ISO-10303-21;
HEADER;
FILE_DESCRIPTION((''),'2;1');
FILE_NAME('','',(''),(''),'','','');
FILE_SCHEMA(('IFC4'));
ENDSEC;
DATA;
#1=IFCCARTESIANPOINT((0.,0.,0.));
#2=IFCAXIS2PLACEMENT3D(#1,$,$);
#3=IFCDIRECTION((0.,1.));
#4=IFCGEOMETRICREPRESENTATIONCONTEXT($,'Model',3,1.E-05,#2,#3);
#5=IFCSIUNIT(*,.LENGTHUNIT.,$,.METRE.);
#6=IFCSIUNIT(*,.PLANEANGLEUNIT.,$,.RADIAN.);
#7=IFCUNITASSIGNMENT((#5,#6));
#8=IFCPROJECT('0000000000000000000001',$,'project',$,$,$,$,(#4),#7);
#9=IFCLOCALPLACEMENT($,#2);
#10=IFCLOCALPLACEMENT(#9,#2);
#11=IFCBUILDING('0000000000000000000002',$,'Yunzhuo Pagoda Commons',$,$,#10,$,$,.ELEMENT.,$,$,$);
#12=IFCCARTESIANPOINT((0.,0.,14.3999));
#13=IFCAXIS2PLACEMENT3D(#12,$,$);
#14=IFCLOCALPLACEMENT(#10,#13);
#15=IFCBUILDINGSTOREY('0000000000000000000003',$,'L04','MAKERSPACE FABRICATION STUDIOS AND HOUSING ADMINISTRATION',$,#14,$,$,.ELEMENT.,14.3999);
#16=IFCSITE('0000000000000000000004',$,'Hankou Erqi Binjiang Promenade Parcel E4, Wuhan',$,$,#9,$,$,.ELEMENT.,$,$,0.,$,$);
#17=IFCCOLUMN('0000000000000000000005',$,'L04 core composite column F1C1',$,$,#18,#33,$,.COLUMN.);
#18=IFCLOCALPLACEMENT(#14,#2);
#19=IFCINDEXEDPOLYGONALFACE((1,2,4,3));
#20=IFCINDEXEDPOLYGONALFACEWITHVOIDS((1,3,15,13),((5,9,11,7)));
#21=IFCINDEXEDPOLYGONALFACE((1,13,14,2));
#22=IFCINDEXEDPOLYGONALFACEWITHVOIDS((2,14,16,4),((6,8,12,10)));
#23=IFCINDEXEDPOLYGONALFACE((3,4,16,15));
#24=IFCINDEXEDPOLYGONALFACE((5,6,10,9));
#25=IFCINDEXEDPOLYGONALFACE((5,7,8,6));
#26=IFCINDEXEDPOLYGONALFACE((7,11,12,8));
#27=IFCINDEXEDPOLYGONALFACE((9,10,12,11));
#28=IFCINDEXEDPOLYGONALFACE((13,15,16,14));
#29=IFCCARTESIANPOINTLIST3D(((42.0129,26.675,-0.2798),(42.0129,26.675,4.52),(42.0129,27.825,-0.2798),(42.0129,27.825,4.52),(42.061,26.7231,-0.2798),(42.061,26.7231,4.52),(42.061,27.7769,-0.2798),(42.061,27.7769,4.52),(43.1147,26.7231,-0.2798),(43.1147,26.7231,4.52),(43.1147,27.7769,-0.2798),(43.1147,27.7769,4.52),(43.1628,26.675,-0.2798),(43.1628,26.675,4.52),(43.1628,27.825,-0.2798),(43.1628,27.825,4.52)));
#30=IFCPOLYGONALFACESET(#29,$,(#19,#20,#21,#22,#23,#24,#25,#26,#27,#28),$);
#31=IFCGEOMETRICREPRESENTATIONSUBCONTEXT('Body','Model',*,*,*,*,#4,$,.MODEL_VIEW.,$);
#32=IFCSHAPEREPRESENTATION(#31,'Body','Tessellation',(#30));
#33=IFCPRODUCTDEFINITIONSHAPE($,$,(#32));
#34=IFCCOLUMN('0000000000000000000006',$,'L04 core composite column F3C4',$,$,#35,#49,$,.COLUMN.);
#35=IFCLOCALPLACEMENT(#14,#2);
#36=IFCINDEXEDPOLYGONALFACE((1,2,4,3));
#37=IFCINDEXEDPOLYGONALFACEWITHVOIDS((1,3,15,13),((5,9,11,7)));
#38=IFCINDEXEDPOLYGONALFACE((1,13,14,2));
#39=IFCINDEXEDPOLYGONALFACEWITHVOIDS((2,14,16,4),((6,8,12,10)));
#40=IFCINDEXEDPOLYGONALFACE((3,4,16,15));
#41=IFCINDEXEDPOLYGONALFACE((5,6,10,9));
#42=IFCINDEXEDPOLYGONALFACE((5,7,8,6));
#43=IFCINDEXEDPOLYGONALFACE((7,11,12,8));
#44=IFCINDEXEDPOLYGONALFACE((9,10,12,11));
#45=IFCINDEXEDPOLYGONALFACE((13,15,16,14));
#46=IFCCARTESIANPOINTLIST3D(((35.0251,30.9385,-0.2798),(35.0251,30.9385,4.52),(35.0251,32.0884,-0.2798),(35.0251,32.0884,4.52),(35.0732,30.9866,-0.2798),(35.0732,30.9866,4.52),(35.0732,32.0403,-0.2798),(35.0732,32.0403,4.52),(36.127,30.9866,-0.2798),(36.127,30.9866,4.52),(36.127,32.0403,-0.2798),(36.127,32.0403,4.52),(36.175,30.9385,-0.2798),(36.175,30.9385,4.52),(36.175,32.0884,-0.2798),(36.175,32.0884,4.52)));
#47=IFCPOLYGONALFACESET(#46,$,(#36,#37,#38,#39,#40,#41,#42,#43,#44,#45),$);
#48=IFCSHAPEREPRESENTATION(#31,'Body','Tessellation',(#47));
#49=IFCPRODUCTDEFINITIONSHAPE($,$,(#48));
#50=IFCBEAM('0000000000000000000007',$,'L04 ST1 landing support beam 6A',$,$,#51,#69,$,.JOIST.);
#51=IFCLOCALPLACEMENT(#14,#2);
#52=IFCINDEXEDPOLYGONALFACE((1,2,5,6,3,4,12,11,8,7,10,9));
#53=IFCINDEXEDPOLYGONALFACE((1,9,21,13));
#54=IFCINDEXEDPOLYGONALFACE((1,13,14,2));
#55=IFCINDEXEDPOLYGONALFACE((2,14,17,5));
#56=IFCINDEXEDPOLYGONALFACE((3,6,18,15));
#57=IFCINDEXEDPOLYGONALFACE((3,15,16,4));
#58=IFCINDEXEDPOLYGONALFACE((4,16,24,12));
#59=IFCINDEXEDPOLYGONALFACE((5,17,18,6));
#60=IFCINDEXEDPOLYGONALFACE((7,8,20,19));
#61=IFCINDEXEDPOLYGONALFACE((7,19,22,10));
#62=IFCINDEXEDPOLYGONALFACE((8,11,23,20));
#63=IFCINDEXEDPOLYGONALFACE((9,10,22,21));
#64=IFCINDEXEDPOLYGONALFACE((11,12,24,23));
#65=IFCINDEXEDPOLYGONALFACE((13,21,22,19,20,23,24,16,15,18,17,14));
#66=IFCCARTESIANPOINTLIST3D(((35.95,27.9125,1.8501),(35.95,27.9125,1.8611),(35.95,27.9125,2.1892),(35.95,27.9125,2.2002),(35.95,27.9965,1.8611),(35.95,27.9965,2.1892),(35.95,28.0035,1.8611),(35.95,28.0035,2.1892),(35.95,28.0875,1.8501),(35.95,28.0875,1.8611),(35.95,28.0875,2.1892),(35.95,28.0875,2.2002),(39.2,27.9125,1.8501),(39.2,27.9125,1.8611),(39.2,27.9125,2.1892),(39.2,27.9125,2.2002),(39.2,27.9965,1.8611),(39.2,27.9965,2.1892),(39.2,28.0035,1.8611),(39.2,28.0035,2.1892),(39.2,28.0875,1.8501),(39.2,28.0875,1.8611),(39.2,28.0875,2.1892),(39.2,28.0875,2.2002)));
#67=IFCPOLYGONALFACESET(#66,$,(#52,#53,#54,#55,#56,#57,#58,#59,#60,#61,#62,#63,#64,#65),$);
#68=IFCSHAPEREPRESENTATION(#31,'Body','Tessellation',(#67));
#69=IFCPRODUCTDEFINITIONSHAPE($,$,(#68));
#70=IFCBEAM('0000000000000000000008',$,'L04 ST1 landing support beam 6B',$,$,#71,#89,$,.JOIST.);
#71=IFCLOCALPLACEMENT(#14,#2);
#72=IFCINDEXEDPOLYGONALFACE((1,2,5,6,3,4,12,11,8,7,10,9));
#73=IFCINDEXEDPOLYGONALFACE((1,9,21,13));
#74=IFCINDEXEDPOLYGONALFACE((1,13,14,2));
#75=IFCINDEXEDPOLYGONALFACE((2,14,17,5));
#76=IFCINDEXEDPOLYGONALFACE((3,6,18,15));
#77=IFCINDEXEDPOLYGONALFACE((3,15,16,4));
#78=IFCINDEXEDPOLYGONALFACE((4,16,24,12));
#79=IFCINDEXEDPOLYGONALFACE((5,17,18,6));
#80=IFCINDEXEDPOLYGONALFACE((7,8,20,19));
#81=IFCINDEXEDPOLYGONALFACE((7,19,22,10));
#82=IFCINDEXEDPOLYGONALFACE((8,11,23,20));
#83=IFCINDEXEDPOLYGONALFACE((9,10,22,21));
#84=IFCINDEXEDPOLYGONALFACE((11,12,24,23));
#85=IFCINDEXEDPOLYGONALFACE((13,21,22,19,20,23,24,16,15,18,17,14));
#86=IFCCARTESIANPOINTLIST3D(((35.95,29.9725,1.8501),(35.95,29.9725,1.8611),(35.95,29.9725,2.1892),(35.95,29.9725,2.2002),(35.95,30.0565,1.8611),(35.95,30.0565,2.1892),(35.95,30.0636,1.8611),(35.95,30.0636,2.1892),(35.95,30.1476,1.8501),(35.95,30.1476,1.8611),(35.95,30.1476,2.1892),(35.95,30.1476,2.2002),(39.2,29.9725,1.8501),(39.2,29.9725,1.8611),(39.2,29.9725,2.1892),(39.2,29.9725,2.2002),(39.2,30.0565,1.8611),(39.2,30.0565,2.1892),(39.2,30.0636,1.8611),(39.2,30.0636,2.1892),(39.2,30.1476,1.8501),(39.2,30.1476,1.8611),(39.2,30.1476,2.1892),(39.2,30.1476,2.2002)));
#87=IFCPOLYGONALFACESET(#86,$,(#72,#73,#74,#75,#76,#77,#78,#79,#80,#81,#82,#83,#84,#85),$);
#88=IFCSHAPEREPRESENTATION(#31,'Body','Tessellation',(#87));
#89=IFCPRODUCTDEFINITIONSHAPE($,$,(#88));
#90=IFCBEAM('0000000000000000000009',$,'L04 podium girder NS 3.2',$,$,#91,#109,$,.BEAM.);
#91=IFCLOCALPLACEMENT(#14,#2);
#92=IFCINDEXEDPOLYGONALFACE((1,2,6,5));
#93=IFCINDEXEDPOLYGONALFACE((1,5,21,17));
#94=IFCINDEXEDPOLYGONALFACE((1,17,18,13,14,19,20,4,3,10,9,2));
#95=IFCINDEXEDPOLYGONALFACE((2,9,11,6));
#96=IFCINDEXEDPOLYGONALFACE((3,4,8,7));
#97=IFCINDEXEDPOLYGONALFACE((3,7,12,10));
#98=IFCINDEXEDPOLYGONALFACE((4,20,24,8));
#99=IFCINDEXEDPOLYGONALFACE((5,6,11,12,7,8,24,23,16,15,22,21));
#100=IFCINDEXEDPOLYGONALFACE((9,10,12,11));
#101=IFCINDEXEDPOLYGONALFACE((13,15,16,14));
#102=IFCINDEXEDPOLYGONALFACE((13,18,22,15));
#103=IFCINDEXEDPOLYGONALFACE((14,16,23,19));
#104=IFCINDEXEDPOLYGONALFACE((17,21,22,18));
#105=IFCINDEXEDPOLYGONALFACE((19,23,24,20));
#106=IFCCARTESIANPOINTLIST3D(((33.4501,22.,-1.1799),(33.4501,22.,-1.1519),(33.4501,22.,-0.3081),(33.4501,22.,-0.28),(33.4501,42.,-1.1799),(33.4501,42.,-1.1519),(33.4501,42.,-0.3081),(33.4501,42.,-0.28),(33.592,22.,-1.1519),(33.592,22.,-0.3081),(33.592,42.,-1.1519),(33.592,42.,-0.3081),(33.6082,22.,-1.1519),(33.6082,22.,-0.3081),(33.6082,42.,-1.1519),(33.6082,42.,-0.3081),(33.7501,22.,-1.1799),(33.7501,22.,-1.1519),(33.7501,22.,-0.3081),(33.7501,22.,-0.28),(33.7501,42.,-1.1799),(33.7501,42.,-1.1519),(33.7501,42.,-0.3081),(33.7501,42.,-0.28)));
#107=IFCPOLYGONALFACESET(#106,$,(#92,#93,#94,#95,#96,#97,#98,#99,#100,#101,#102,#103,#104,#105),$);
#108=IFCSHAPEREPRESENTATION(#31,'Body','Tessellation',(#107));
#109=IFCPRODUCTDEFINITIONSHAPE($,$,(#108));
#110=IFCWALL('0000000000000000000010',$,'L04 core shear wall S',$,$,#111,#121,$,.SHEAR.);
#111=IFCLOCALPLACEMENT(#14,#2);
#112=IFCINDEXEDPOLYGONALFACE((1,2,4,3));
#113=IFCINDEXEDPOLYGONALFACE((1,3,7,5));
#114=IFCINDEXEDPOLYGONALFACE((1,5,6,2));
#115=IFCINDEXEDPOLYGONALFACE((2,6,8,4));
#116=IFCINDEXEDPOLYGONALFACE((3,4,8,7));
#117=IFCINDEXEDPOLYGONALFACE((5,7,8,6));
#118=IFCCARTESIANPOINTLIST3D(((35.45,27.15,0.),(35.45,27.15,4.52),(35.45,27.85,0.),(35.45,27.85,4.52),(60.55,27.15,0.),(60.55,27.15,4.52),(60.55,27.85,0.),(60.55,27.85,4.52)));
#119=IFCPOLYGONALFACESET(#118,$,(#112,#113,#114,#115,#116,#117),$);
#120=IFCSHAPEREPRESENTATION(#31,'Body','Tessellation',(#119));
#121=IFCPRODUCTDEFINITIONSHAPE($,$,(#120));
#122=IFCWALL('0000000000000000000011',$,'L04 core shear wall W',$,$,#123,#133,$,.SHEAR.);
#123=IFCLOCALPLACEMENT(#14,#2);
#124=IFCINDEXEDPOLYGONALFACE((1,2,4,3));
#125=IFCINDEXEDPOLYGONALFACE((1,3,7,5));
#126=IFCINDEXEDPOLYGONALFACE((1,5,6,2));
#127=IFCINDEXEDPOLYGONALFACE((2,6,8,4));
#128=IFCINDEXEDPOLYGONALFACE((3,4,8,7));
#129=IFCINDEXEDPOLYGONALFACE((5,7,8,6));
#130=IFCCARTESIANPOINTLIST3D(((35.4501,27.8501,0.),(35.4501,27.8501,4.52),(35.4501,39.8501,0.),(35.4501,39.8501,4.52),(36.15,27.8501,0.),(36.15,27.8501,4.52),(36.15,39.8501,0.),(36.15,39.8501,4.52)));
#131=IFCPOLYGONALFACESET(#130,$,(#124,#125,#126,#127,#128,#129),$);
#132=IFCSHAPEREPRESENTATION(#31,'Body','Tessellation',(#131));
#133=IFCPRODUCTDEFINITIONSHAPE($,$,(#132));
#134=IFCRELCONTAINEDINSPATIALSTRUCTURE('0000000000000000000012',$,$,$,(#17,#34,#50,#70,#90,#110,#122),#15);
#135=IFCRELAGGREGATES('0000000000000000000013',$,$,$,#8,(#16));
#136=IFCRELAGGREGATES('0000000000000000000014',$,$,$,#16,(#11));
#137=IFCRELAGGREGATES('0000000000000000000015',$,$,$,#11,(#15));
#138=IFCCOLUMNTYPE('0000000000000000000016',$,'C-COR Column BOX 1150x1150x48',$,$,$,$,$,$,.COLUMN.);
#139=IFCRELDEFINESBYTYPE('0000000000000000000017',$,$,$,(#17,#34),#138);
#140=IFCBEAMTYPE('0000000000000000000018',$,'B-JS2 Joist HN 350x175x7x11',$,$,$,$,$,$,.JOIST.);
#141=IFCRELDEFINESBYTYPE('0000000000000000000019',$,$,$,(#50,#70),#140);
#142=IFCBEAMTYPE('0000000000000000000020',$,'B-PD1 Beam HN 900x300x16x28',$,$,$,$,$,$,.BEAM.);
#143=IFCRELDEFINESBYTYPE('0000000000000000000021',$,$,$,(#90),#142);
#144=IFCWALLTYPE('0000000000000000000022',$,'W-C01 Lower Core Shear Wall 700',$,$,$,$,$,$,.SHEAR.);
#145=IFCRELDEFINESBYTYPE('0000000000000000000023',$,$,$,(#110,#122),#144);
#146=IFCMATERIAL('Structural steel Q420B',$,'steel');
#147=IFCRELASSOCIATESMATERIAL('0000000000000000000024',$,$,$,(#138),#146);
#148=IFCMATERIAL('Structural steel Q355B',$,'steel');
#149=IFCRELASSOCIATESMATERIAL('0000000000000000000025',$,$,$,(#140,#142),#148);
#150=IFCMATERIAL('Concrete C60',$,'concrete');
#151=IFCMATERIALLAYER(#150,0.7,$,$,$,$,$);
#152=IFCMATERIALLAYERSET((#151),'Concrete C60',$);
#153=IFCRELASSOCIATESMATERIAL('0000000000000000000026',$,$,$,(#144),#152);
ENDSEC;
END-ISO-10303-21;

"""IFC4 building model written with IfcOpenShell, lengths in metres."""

from ifc_helpers import new_model, si_unit, direction, frame, frame_2d, origin, origin_2d, place, context, subcontext, project, spatial, rectangle, hollow_rectangle, i_section, extrude, source, transform, mapped, material, layer, layer_set, material_profile, profile_set, type_object, element, save


model = new_model("IFC4")

# Units and contexts
model_context = context("Model", 3, precision=1e-05, world=origin(), true_north=direction((0.0, 1.0)))
body_context = subcontext(model_context, "Body", "Model", "MODEL_VIEW")
ifc_project = project(units=[si_unit("LENGTHUNIT", "METRE"), si_unit("PLANEANGLEUNIT", "RADIAN")], contexts=[model_context])

# Site, building, storey
site_placement = place(None, origin())
site = spatial("IfcSite", under=ifc_project, at=site_placement, Name="Hankou Erqi Binjiang Promenade Parcel E4, Wuhan", CompositionType="ELEMENT", RefElevation=0.0)
building_placement = place(site_placement, origin())
building = spatial("IfcBuilding", under=site, at=building_placement, Name="Yunzhuo Pagoda Commons", CompositionType="ELEMENT")
storey_placement = place(building_placement, frame((0.0, 0.0, 14.3999)))
storey = spatial("IfcBuildingStorey", under=building, at=storey_placement, Name="L04", Description="MAKERSPACE FABRICATION STUDIOS AND HOUSING ADMINISTRATION", CompositionType="ELEMENT", Elevation=14.3999)

# Columns
ifc_material_1 = material(Name="Structural steel Q420B", Category="steel")
ifc_material_profile_1 = material_profile(ifc_material_1, hollow_rectangle(XDim=1.1499, YDim=1.1499, WallThickness=0.0481, at=origin_2d()), Name="Structural steel Q420B")
ifc_profile_set_1 = profile_set([ifc_material_profile_1], Name="Structural steel Q420B")
column_type = type_object("IfcColumnType", Name="C-COR Column BOX 1150x1150x48", PredefinedType="COLUMN", material=ifc_profile_set_1)
shared_shape_1 = source(origin(), body_context, "Body", "SweptSolid", [
    extrude(hollow_rectangle(XDim=1.1499, YDim=1.1499, WallThickness=0.0481, at=origin_2d()), origin(), (0.0, 0.0, 1.0), 4.7998),
])
for number, where, z_axis, x_axis, name in (
    (1, (42.5879, 27.25, -0.2798), (0.0, 0.0, 1.0), (1.0, 0.0, 0.0), "L04 core composite column F1C1"),
    (2, (35.6001, 31.5134, -0.2798), (0.0, 0.0, 1.0), (1.0, 0.0, 0.0), "L04 core composite column F3C4"),
):
    element("IfcColumn", number, at=place(storey_placement, frame(where, z_axis=z_axis, x_axis=x_axis)), inside=storey, type_object=column_type, Name=name, PredefinedType="COLUMN", context=body_context, shape_type="MappedRepresentation", body=[
        mapped(shared_shape_1, transform((0.0, 0.0, 0.0), scale=1.0)),
    ])

# Beams
ifc_material_2 = material(Name="Structural steel Q355B", Category="steel")
ifc_material_profile_2 = material_profile(ifc_material_2, i_section(OverallWidth=0.175, OverallDepth=0.3501, WebThickness=0.0071, FlangeThickness=0.011, at=origin_2d()), Name="Structural steel Q355B")
ifc_profile_set_2 = profile_set([ifc_material_profile_2], Name="Structural steel Q355B")
beam_type_1 = type_object("IfcBeamType", Name="B-JS2 Joist HN 350x175x7x11", PredefinedType="JOIST", material=ifc_profile_set_2)
shared_shape_2 = source(origin(), body_context, "Body", "SweptSolid", [
    extrude(i_section(OverallWidth=0.175, OverallDepth=0.3501, WebThickness=0.0071, FlangeThickness=0.011, at=origin_2d()), origin(), (0.0, 0.0, 1.0), 3.25),
])
for number, where, z_axis, x_axis, name in (
    (3, (35.95, 28.0, 2.0251), (1.0, 0.0, 0.0), (0.0, 1.0, 0.0), "L04 ST1 landing support beam 6A"),
    (4, (35.95, 30.0601, 2.0251), (1.0, 0.0, 0.0), (0.0, 1.0, 0.0), "L04 ST1 landing support beam 6B"),
):
    element("IfcBeam", number, at=place(storey_placement, frame(where, z_axis=z_axis, x_axis=x_axis)), inside=storey, type_object=beam_type_1, Name=name, PredefinedType="JOIST", context=body_context, shape_type="MappedRepresentation", body=[
        mapped(shared_shape_2, transform((0.0, 0.0, 0.0), scale=1.0)),
    ])
ifc_material_profile_3 = material_profile(ifc_material_2, i_section(OverallWidth=0.3, OverallDepth=0.8999, WebThickness=0.0161, FlangeThickness=0.0281, at=origin_2d()), Name="Structural steel Q355B")
ifc_profile_set_3 = profile_set([ifc_material_profile_3], Name="Structural steel Q355B")
beam_type_2 = type_object("IfcBeamType", Name="B-PD1 Beam HN 900x300x16x28", PredefinedType="BEAM", material=ifc_profile_set_3)
shared_shape_3 = source(origin(), body_context, "Body", "SweptSolid", [
    extrude(i_section(OverallWidth=0.3, OverallDepth=0.8999, WebThickness=0.0161, FlangeThickness=0.0281, at=origin_2d()), origin(), (0.0, 0.0, 1.0), 20.0),
])
beam_placement = place(storey_placement, frame((33.6001, 22.0, -0.73), z_axis=(0.0, 1.0, 0.0), x_axis=(-1.0, 0.0, 0.0)))
element("IfcBeam", 5, at=beam_placement, inside=storey, type_object=beam_type_2, Name="L04 podium girder NS 3.2", PredefinedType="BEAM", context=body_context, shape_type="MappedRepresentation", body=[
    mapped(shared_shape_3, transform((0.0, 0.0, 0.0), scale=1.0)),
])

# Walls
ifc_material_3 = material(Name="Concrete C60", Category="concrete")
ifc_layer_1 = layer(ifc_material_3, 0.7)
ifc_layer_set_1 = layer_set([ifc_layer_1], Name="Concrete C60")
wall_type_1 = type_object("IfcWallType", Name="W-C01 Lower Core Shear Wall 700", PredefinedType="SHEAR", material=ifc_layer_set_1)
wall_1_placement = place(storey_placement, frame((35.45, 27.5, 0.0), z_axis=(0.0, 0.0, 1.0), x_axis=(1.0, 0.0, 0.0)))
element("IfcWall", 6, at=wall_1_placement, inside=storey, type_object=wall_type_1, Name="L04 core shear wall S", PredefinedType="SHEAR", context=body_context, shape_type="SweptSolid", body=[
    extrude(rectangle(XDim=25.1001, YDim=0.7, at=frame_2d((12.55, 0.0))), origin(), (0.0, 0.0, 1.0), 4.52),
])
wall_2_placement = place(storey_placement, frame((35.8, 27.8501, 0.0), z_axis=(0.0, 0.0, 1.0), x_axis=(0.0, 1.0, 0.0)))
element("IfcWall", 7, at=wall_2_placement, inside=storey, type_object=wall_type_1, Name="L04 core shear wall W", PredefinedType="SHEAR", context=body_context, shape_type="SweptSolid", body=[
    extrude(rectangle(XDim=12.0, YDim=0.7, at=frame_2d((6.0, 0.0))), origin(), (0.0, 0.0, 1.0), 4.52),
])

save(model, "model.ifc")
